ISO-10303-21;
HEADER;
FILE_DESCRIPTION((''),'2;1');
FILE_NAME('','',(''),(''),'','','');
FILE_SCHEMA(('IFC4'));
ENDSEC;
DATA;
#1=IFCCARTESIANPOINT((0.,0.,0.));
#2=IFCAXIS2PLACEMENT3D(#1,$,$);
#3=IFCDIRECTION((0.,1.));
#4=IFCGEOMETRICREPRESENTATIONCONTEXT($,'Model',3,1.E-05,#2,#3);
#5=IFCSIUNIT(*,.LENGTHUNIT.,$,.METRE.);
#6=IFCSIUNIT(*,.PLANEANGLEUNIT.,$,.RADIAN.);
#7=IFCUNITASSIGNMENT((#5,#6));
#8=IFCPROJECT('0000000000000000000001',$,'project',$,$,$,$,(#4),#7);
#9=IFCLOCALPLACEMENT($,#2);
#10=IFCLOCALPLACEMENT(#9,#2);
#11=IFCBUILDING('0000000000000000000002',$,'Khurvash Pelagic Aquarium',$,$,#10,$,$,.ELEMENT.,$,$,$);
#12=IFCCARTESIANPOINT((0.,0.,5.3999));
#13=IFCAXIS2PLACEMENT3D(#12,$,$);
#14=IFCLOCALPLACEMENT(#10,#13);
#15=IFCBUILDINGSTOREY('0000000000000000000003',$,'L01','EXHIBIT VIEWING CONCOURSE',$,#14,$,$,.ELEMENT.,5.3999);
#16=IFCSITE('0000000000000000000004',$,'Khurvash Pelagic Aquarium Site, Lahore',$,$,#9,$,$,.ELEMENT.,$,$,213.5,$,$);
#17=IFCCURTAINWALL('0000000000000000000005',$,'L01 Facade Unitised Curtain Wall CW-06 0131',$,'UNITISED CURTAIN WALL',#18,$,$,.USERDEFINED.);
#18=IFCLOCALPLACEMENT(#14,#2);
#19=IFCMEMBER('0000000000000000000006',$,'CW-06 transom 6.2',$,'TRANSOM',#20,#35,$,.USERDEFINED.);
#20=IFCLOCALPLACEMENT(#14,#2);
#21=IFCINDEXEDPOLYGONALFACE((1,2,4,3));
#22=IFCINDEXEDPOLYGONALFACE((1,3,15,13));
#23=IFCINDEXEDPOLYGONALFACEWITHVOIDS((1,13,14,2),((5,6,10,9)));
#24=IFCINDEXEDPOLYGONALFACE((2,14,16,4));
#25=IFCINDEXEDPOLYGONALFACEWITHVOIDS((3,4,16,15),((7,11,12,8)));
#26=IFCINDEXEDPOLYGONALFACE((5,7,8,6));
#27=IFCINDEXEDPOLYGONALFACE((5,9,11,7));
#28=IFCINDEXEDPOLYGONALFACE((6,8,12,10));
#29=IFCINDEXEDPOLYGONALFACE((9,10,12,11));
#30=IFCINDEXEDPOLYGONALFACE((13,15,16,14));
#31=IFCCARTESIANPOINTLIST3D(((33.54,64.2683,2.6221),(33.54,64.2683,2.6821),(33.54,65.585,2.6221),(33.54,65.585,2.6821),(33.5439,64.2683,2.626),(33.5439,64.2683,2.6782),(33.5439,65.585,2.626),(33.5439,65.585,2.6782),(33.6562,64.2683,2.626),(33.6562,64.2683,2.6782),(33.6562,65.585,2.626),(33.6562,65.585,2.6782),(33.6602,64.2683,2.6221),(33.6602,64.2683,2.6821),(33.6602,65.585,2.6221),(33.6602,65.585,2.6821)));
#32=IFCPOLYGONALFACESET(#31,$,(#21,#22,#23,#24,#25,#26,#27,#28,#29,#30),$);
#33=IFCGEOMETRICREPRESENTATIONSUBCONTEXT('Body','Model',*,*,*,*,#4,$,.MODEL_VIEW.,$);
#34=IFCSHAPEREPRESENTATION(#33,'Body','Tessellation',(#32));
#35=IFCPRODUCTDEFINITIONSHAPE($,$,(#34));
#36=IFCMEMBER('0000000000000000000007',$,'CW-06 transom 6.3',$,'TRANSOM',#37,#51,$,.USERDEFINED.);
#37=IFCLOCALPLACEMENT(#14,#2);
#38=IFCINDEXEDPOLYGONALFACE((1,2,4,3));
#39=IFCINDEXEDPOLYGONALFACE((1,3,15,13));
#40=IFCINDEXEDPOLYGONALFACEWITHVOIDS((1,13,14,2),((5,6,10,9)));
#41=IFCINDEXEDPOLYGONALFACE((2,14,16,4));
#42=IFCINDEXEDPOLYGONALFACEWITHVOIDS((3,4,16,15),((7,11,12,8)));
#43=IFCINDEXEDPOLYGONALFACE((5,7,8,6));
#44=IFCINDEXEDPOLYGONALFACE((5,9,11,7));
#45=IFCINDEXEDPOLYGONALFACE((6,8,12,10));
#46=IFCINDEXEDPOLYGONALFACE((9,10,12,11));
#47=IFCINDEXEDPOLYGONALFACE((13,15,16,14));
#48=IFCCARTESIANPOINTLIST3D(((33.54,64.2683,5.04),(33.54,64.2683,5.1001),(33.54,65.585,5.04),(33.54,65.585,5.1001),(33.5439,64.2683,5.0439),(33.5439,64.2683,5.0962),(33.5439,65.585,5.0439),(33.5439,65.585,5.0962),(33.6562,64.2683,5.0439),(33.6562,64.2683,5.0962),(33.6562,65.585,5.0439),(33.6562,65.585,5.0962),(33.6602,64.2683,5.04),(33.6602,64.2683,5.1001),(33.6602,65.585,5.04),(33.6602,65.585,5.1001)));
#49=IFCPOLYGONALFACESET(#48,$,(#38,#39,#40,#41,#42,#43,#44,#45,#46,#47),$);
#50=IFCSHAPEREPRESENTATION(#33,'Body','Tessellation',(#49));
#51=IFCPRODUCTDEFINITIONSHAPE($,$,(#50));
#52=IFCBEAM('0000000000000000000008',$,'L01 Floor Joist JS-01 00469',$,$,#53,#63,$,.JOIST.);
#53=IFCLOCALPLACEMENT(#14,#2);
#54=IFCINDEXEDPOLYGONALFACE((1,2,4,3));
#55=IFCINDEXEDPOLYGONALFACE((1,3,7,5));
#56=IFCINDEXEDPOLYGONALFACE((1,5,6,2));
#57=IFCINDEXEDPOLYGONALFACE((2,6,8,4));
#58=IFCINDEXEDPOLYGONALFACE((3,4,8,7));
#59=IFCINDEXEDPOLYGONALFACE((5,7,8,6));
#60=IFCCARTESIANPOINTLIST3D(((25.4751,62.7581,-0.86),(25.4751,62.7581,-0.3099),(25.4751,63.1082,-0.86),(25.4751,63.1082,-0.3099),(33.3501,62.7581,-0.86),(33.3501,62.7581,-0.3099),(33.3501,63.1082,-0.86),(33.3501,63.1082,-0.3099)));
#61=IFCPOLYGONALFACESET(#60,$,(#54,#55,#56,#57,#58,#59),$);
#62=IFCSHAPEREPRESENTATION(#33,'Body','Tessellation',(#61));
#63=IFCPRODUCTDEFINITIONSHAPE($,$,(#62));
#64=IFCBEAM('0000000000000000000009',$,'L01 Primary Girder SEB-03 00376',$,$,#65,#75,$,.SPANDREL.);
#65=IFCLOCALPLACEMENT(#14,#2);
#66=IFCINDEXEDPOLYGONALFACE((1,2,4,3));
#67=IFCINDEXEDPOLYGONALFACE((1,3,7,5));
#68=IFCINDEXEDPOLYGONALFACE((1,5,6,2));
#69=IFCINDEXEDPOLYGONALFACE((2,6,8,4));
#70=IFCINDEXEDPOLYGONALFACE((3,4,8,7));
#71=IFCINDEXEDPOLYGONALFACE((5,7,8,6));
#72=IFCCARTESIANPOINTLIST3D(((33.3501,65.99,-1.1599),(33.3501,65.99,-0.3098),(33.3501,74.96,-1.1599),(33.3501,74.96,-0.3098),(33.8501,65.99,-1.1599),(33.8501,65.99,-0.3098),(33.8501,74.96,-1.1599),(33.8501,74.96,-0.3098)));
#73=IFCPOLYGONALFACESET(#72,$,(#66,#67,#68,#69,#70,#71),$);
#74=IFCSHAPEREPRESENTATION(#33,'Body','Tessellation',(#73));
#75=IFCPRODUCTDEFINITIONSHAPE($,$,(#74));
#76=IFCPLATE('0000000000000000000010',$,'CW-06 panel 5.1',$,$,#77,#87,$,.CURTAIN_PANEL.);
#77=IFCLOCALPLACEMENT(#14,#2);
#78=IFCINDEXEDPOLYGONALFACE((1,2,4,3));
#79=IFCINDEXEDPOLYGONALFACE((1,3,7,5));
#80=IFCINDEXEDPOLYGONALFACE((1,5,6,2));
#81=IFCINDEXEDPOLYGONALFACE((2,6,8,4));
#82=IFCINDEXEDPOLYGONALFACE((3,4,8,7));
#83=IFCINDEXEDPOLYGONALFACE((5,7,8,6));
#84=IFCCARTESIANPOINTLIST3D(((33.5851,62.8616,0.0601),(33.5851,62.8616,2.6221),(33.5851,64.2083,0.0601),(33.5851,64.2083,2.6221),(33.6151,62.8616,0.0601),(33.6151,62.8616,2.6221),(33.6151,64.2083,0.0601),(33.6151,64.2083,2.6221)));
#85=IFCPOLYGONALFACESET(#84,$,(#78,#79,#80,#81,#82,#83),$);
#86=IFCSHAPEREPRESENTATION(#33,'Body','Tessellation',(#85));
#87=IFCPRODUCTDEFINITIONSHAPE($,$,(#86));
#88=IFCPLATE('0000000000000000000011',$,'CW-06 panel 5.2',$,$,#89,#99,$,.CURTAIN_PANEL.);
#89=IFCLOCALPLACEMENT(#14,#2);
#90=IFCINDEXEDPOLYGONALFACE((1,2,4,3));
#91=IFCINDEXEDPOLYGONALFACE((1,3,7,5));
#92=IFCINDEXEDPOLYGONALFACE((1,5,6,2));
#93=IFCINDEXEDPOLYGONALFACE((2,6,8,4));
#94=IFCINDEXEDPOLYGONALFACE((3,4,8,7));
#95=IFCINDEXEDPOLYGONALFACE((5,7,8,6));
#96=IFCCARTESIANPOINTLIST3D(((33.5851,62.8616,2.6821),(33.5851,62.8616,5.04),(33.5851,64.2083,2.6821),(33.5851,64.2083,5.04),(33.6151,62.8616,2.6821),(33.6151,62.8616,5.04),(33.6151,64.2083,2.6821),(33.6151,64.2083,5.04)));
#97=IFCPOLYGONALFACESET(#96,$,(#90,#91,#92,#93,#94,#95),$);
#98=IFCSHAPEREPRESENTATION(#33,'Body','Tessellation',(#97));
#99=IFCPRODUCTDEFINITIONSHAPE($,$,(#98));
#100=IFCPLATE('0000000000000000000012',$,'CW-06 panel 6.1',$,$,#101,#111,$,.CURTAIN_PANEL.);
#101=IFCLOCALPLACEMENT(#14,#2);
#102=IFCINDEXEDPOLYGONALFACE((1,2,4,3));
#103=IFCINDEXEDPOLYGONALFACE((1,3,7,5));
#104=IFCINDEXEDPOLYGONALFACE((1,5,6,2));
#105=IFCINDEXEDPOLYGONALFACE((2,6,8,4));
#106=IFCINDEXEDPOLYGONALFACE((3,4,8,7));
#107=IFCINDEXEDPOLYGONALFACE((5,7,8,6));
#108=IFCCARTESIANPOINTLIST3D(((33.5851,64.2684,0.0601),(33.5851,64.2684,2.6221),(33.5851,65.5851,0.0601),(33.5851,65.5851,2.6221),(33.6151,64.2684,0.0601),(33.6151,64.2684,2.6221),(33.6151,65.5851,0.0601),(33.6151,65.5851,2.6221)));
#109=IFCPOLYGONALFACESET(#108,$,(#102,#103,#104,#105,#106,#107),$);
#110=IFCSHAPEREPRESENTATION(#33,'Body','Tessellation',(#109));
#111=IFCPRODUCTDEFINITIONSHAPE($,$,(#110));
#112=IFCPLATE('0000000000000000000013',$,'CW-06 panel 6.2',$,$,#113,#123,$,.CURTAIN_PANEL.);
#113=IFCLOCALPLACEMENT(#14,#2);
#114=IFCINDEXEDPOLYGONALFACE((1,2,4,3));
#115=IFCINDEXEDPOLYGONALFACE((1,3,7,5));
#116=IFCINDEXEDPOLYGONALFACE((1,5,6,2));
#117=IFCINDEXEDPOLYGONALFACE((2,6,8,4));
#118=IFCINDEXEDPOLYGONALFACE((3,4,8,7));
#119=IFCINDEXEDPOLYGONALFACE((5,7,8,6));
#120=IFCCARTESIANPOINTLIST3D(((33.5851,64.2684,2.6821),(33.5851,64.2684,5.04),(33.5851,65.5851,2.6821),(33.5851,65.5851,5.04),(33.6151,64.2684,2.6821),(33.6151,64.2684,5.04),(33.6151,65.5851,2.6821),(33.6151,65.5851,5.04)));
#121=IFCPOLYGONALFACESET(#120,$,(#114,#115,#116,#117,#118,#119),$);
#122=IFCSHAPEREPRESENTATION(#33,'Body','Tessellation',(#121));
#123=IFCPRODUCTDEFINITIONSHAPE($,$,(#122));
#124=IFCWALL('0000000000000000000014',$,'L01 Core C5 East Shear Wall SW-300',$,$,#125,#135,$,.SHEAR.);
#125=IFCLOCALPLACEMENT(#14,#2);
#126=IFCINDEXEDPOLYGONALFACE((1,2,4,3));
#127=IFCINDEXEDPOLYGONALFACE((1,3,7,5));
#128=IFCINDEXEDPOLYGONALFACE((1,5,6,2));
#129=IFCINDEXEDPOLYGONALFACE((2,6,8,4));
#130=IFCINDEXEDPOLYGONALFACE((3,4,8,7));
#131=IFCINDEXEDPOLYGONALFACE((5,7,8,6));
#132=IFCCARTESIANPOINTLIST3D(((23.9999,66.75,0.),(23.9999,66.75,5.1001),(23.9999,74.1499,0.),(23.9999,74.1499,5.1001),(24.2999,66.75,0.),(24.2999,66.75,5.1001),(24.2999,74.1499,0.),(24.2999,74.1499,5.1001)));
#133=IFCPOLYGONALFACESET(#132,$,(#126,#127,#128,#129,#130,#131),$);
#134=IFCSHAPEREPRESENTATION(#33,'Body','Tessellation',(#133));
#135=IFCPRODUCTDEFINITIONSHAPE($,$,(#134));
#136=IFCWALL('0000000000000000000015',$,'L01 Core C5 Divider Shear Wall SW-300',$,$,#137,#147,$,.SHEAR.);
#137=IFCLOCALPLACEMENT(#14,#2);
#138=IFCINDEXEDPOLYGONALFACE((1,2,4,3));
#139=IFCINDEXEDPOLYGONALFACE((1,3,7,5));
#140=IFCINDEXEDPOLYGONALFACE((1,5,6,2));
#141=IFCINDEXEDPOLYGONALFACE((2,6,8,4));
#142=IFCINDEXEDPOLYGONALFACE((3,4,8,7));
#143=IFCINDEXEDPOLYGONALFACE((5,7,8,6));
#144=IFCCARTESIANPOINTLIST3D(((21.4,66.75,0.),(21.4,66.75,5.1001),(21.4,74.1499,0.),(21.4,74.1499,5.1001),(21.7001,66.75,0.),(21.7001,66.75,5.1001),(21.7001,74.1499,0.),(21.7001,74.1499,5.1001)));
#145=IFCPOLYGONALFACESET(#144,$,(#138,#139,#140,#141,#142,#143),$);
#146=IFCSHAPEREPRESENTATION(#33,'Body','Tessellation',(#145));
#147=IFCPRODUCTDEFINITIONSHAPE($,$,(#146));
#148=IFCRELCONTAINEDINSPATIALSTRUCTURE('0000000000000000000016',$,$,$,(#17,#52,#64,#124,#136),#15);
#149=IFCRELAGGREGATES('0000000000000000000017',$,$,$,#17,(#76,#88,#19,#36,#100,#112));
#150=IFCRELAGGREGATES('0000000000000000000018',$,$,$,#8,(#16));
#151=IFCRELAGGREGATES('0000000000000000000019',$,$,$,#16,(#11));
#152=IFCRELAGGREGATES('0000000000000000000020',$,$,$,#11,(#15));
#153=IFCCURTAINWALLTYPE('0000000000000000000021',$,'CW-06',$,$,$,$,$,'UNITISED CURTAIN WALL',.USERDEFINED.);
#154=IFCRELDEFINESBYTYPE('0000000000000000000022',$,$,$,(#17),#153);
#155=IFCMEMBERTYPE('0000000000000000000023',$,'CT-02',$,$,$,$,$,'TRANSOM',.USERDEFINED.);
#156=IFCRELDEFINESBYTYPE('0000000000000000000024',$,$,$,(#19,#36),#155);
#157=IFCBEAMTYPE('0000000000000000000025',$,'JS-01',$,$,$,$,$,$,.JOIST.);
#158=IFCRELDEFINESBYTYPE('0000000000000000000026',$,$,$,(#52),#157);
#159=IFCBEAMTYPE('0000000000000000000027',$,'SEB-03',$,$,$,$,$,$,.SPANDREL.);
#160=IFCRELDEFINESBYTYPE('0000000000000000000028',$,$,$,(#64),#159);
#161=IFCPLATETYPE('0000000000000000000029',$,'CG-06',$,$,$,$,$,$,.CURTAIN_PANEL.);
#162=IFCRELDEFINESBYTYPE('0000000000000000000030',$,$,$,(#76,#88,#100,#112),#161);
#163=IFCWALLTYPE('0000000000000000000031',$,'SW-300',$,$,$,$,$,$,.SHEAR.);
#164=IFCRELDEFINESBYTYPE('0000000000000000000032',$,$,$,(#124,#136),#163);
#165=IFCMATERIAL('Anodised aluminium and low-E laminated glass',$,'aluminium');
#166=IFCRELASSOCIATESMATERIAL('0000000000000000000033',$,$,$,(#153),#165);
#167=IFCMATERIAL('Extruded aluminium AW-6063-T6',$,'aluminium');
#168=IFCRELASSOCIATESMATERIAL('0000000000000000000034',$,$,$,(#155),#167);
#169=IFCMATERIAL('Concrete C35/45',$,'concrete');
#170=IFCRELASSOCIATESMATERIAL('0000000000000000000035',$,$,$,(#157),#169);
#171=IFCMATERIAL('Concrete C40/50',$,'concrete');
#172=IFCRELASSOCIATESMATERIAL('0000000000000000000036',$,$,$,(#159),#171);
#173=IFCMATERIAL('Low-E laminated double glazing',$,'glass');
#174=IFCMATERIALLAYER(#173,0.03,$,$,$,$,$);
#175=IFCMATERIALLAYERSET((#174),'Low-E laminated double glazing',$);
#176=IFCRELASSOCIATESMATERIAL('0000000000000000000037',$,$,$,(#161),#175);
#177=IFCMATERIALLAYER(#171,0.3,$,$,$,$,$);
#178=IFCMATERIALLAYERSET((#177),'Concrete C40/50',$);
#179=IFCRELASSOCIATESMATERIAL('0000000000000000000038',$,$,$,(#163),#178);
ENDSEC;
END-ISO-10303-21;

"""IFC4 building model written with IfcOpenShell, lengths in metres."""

from ifc_helpers import new_model, si_unit, direction, frame, frame_2d, origin, origin_2d, place, context, subcontext, project, spatial, rectangle, hollow_rectangle, extrude, material, layer, layer_set, material_profile, profile_set, type_object, element, aggregate, save


model = new_model("IFC4")

# Units and contexts
model_context = context("Model", 3, precision=1e-05, world=origin(), true_north=direction((0.0, 1.0)))
body_context = subcontext(model_context, "Body", "Model", "MODEL_VIEW")
ifc_project = project(units=[si_unit("LENGTHUNIT", "METRE"), si_unit("PLANEANGLEUNIT", "RADIAN")], contexts=[model_context])

# Site, building, storey
site_placement = place(None, origin())
site = spatial("IfcSite", under=ifc_project, at=site_placement, Name="Khurvash Pelagic Aquarium Site, Lahore", CompositionType="ELEMENT", RefElevation=213.5)
building_placement = place(site_placement, origin())
building = spatial("IfcBuilding", under=site, at=building_placement, Name="Khurvash Pelagic Aquarium", CompositionType="ELEMENT")
storey_placement = place(building_placement, frame((0.0, 0.0, 5.3999)))
storey = spatial("IfcBuildingStorey", under=building, at=storey_placement, Name="L01", Description="EXHIBIT VIEWING CONCOURSE", CompositionType="ELEMENT", Elevation=5.3999)

# Shared definitions
ifc_material_1 = material(Name="Concrete C40/50", Category="concrete")

# Curtain wall, members
ifc_material_2 = material(Name="Anodised aluminium and low-E laminated glass", Category="aluminium")
curtain_wall_type = type_object("IfcCurtainWallType", Name="CW-06", ElementType="UNITISED CURTAIN WALL", PredefinedType="USERDEFINED", material=ifc_material_2)
curtain_wall_placement = place(storey_placement, origin())
curtain_wall = element("IfcCurtainWall", 1, at=curtain_wall_placement, inside=storey, type_object=curtain_wall_type, Name="L01 Facade Unitised Curtain Wall CW-06 0131", ObjectType="UNITISED CURTAIN WALL", PredefinedType="USERDEFINED")
ifc_material_3 = material(Name="Extruded aluminium AW-6063-T6", Category="aluminium")
ifc_material_profile_1 = material_profile(ifc_material_3, hollow_rectangle(XDim=0.1201, YDim=0.0601, WallThickness=0.0039, at=origin_2d()), Name="CWT120X60X4")
ifc_profile_set_1 = profile_set([ifc_material_profile_1], Name="Extruded aluminium AW-6063-T6")
member_type_1 = type_object("IfcMemberType", Name="CT-02", ElementType="TRANSOM", PredefinedType="USERDEFINED", material=ifc_profile_set_1)
member_1_placement = place(storey_placement, frame((33.6001, 64.2683, 2.6521), z_axis=(0.0, 1.0, 0.0), x_axis=(-1.0, 0.0, 0.0)))
member_1 = element("IfcMember", 2, at=member_1_placement, type_object=member_type_1, Name="CW-06 transom 6.2", ObjectType="TRANSOM", PredefinedType="USERDEFINED", context=body_context, shape_type="SweptSolid", body=[
    extrude(hollow_rectangle(XDim=0.1201, YDim=0.0601, WallThickness=0.0039, at=origin_2d()), origin(), (0.0, 0.0, 1.0), 1.3167),
])
member_2_placement = place(storey_placement, frame((33.6001, 64.2683, 5.0701), z_axis=(0.0, 1.0, 0.0), x_axis=(-1.0, 0.0, 0.0)))
member_2 = element("IfcMember", 3, at=member_2_placement, type_object=member_type_1, Name="CW-06 transom 6.3", ObjectType="TRANSOM", PredefinedType="USERDEFINED", context=body_context, shape_type="SweptSolid", body=[
    extrude(hollow_rectangle(XDim=0.1201, YDim=0.0601, WallThickness=0.0039, at=origin_2d()), origin(), (0.0, 0.0, 1.0), 1.3167),
])

# Beams
ifc_material_4 = material(Name="Concrete C35/45", Category="concrete")
ifc_material_profile_2 = material_profile(ifc_material_4, rectangle(XDim=0.3501, YDim=0.55, at=origin_2d()), Name="RC350X550")
ifc_profile_set_2 = profile_set([ifc_material_profile_2], Name="Concrete C35/45")
beam_type_1 = type_object("IfcBeamType", Name="JS-01", PredefinedType="JOIST", material=ifc_profile_set_2)
beam_1_placement = place(storey_placement, frame((25.4751, 62.9331, -0.585), z_axis=(1.0, 0.0, 0.0), x_axis=(0.0, 1.0, 0.0)))
element("IfcBeam", 4, at=beam_1_placement, inside=storey, type_object=beam_type_1, Name="L01 Floor Joist JS-01 00469", PredefinedType="JOIST", context=body_context, shape_type="SweptSolid", body=[
    extrude(rectangle(XDim=0.3501, YDim=0.55, at=origin_2d()), origin(), (0.0, 0.0, 1.0), 7.875),
])
ifc_material_profile_3 = material_profile(ifc_material_1, rectangle(XDim=0.5, YDim=0.8501, at=origin_2d()), Name="RC500X850")
ifc_profile_set_3 = profile_set([ifc_material_profile_3], Name="Concrete C40/50")
beam_type_2 = type_object("IfcBeamType", Name="SEB-03", PredefinedType="SPANDREL", material=ifc_profile_set_3)
beam_2_placement = place(storey_placement, frame((33.6001, 65.99, -0.7349), z_axis=(0.0, 1.0, 0.0), x_axis=(-1.0, 0.0, 0.0)))
element("IfcBeam", 5, at=beam_2_placement, inside=storey, type_object=beam_type_2, Name="L01 Primary Girder SEB-03 00376", PredefinedType="SPANDREL", context=body_context, shape_type="SweptSolid", body=[
    extrude(rectangle(XDim=0.5, YDim=0.8501, at=origin_2d()), origin(), (0.0, 0.0, 1.0), 8.97),
])

# Plates
ifc_material_5 = material(Name="Low-E laminated double glazing", Category="glass")
ifc_layer_1 = layer(ifc_material_5, 0.03)
ifc_layer_set_1 = layer_set([ifc_layer_1], Name="Low-E laminated double glazing")
plate_type = type_object("IfcPlateType", Name="CG-06", PredefinedType="CURTAIN_PANEL", material=ifc_layer_set_1)
plate_1_placement = place(storey_placement, frame((33.6001, 63.5349, 0.0601), z_axis=(0.0, 0.0, 1.0), x_axis=(0.0, 1.0, 0.0)))
plate_1 = element("IfcPlate", 6, at=plate_1_placement, type_object=plate_type, Name="CW-06 panel 5.1", PredefinedType="CURTAIN_PANEL", context=body_context, shape_type="SweptSolid", body=[
    extrude(rectangle(XDim=1.3467, YDim=0.03, at=origin_2d()), origin(), (0.0, 0.0, 1.0), 2.562),
])
plate_2_placement = place(storey_placement, frame((33.6001, 63.5349, 2.6821), z_axis=(0.0, 0.0, 1.0), x_axis=(0.0, 1.0, 0.0)))
plate_2 = element("IfcPlate", 7, at=plate_2_placement, type_object=plate_type, Name="CW-06 panel 5.2", PredefinedType="CURTAIN_PANEL", context=body_context, shape_type="SweptSolid", body=[
    extrude(rectangle(XDim=1.3467, YDim=0.03, at=origin_2d()), origin(), (0.0, 0.0, 1.0), 2.3579),
])
plate_3_placement = place(storey_placement, frame((33.6001, 64.9268, 0.0601), z_axis=(0.0, 0.0, 1.0), x_axis=(0.0, 1.0, 0.0)))
plate_3 = element("IfcPlate", 8, at=plate_3_placement, type_object=plate_type, Name="CW-06 panel 6.1", PredefinedType="CURTAIN_PANEL", context=body_context, shape_type="SweptSolid", body=[
    extrude(rectangle(XDim=1.3167, YDim=0.03, at=origin_2d()), origin(), (0.0, 0.0, 1.0), 2.562),
])
plate_4_placement = place(storey_placement, frame((33.6001, 64.9268, 2.6821), z_axis=(0.0, 0.0, 1.0), x_axis=(0.0, 1.0, 0.0)))
plate_4 = element("IfcPlate", 9, at=plate_4_placement, type_object=plate_type, Name="CW-06 panel 6.2", PredefinedType="CURTAIN_PANEL", context=body_context, shape_type="SweptSolid", body=[
    extrude(rectangle(XDim=1.3167, YDim=0.03, at=origin_2d()), origin(), (0.0, 0.0, 1.0), 2.3579),
])
aggregate(curtain_wall, [plate_1, plate_2, member_1, member_2, plate_3, plate_4])

# Walls
ifc_layer_2 = layer(ifc_material_1, 0.3)
ifc_layer_set_2 = layer_set([ifc_layer_2], Name="Concrete C40/50")
wall_type = type_object("IfcWallType", Name="SW-300", PredefinedType="SHEAR", material=ifc_layer_set_2)
for number, where, z_axis, x_axis, name in (
    (10, (24.1499, 66.75, 0.0), (0.0, 0.0, 1.0), (0.0, 1.0, 0.0), "L01 Core C5 East Shear Wall SW-300"),
    (11, (21.55, 66.75, 0.0), (0.0, 0.0, 1.0), (0.0, 1.0, 0.0), "L01 Core C5 Divider Shear Wall SW-300"),
):
    element("IfcWall", number, at=place(storey_placement, frame(where, z_axis=z_axis, x_axis=x_axis)), inside=storey, type_object=wall_type, Name=name, PredefinedType="SHEAR", context=body_context, shape_type="SweptSolid", body=[
        extrude(rectangle(XDim=7.3999, YDim=0.3, at=frame_2d((3.7, 0.0))), origin(), (0.0, 0.0, 1.0), 5.1001),
    ])

save(model, "model.ifc")
